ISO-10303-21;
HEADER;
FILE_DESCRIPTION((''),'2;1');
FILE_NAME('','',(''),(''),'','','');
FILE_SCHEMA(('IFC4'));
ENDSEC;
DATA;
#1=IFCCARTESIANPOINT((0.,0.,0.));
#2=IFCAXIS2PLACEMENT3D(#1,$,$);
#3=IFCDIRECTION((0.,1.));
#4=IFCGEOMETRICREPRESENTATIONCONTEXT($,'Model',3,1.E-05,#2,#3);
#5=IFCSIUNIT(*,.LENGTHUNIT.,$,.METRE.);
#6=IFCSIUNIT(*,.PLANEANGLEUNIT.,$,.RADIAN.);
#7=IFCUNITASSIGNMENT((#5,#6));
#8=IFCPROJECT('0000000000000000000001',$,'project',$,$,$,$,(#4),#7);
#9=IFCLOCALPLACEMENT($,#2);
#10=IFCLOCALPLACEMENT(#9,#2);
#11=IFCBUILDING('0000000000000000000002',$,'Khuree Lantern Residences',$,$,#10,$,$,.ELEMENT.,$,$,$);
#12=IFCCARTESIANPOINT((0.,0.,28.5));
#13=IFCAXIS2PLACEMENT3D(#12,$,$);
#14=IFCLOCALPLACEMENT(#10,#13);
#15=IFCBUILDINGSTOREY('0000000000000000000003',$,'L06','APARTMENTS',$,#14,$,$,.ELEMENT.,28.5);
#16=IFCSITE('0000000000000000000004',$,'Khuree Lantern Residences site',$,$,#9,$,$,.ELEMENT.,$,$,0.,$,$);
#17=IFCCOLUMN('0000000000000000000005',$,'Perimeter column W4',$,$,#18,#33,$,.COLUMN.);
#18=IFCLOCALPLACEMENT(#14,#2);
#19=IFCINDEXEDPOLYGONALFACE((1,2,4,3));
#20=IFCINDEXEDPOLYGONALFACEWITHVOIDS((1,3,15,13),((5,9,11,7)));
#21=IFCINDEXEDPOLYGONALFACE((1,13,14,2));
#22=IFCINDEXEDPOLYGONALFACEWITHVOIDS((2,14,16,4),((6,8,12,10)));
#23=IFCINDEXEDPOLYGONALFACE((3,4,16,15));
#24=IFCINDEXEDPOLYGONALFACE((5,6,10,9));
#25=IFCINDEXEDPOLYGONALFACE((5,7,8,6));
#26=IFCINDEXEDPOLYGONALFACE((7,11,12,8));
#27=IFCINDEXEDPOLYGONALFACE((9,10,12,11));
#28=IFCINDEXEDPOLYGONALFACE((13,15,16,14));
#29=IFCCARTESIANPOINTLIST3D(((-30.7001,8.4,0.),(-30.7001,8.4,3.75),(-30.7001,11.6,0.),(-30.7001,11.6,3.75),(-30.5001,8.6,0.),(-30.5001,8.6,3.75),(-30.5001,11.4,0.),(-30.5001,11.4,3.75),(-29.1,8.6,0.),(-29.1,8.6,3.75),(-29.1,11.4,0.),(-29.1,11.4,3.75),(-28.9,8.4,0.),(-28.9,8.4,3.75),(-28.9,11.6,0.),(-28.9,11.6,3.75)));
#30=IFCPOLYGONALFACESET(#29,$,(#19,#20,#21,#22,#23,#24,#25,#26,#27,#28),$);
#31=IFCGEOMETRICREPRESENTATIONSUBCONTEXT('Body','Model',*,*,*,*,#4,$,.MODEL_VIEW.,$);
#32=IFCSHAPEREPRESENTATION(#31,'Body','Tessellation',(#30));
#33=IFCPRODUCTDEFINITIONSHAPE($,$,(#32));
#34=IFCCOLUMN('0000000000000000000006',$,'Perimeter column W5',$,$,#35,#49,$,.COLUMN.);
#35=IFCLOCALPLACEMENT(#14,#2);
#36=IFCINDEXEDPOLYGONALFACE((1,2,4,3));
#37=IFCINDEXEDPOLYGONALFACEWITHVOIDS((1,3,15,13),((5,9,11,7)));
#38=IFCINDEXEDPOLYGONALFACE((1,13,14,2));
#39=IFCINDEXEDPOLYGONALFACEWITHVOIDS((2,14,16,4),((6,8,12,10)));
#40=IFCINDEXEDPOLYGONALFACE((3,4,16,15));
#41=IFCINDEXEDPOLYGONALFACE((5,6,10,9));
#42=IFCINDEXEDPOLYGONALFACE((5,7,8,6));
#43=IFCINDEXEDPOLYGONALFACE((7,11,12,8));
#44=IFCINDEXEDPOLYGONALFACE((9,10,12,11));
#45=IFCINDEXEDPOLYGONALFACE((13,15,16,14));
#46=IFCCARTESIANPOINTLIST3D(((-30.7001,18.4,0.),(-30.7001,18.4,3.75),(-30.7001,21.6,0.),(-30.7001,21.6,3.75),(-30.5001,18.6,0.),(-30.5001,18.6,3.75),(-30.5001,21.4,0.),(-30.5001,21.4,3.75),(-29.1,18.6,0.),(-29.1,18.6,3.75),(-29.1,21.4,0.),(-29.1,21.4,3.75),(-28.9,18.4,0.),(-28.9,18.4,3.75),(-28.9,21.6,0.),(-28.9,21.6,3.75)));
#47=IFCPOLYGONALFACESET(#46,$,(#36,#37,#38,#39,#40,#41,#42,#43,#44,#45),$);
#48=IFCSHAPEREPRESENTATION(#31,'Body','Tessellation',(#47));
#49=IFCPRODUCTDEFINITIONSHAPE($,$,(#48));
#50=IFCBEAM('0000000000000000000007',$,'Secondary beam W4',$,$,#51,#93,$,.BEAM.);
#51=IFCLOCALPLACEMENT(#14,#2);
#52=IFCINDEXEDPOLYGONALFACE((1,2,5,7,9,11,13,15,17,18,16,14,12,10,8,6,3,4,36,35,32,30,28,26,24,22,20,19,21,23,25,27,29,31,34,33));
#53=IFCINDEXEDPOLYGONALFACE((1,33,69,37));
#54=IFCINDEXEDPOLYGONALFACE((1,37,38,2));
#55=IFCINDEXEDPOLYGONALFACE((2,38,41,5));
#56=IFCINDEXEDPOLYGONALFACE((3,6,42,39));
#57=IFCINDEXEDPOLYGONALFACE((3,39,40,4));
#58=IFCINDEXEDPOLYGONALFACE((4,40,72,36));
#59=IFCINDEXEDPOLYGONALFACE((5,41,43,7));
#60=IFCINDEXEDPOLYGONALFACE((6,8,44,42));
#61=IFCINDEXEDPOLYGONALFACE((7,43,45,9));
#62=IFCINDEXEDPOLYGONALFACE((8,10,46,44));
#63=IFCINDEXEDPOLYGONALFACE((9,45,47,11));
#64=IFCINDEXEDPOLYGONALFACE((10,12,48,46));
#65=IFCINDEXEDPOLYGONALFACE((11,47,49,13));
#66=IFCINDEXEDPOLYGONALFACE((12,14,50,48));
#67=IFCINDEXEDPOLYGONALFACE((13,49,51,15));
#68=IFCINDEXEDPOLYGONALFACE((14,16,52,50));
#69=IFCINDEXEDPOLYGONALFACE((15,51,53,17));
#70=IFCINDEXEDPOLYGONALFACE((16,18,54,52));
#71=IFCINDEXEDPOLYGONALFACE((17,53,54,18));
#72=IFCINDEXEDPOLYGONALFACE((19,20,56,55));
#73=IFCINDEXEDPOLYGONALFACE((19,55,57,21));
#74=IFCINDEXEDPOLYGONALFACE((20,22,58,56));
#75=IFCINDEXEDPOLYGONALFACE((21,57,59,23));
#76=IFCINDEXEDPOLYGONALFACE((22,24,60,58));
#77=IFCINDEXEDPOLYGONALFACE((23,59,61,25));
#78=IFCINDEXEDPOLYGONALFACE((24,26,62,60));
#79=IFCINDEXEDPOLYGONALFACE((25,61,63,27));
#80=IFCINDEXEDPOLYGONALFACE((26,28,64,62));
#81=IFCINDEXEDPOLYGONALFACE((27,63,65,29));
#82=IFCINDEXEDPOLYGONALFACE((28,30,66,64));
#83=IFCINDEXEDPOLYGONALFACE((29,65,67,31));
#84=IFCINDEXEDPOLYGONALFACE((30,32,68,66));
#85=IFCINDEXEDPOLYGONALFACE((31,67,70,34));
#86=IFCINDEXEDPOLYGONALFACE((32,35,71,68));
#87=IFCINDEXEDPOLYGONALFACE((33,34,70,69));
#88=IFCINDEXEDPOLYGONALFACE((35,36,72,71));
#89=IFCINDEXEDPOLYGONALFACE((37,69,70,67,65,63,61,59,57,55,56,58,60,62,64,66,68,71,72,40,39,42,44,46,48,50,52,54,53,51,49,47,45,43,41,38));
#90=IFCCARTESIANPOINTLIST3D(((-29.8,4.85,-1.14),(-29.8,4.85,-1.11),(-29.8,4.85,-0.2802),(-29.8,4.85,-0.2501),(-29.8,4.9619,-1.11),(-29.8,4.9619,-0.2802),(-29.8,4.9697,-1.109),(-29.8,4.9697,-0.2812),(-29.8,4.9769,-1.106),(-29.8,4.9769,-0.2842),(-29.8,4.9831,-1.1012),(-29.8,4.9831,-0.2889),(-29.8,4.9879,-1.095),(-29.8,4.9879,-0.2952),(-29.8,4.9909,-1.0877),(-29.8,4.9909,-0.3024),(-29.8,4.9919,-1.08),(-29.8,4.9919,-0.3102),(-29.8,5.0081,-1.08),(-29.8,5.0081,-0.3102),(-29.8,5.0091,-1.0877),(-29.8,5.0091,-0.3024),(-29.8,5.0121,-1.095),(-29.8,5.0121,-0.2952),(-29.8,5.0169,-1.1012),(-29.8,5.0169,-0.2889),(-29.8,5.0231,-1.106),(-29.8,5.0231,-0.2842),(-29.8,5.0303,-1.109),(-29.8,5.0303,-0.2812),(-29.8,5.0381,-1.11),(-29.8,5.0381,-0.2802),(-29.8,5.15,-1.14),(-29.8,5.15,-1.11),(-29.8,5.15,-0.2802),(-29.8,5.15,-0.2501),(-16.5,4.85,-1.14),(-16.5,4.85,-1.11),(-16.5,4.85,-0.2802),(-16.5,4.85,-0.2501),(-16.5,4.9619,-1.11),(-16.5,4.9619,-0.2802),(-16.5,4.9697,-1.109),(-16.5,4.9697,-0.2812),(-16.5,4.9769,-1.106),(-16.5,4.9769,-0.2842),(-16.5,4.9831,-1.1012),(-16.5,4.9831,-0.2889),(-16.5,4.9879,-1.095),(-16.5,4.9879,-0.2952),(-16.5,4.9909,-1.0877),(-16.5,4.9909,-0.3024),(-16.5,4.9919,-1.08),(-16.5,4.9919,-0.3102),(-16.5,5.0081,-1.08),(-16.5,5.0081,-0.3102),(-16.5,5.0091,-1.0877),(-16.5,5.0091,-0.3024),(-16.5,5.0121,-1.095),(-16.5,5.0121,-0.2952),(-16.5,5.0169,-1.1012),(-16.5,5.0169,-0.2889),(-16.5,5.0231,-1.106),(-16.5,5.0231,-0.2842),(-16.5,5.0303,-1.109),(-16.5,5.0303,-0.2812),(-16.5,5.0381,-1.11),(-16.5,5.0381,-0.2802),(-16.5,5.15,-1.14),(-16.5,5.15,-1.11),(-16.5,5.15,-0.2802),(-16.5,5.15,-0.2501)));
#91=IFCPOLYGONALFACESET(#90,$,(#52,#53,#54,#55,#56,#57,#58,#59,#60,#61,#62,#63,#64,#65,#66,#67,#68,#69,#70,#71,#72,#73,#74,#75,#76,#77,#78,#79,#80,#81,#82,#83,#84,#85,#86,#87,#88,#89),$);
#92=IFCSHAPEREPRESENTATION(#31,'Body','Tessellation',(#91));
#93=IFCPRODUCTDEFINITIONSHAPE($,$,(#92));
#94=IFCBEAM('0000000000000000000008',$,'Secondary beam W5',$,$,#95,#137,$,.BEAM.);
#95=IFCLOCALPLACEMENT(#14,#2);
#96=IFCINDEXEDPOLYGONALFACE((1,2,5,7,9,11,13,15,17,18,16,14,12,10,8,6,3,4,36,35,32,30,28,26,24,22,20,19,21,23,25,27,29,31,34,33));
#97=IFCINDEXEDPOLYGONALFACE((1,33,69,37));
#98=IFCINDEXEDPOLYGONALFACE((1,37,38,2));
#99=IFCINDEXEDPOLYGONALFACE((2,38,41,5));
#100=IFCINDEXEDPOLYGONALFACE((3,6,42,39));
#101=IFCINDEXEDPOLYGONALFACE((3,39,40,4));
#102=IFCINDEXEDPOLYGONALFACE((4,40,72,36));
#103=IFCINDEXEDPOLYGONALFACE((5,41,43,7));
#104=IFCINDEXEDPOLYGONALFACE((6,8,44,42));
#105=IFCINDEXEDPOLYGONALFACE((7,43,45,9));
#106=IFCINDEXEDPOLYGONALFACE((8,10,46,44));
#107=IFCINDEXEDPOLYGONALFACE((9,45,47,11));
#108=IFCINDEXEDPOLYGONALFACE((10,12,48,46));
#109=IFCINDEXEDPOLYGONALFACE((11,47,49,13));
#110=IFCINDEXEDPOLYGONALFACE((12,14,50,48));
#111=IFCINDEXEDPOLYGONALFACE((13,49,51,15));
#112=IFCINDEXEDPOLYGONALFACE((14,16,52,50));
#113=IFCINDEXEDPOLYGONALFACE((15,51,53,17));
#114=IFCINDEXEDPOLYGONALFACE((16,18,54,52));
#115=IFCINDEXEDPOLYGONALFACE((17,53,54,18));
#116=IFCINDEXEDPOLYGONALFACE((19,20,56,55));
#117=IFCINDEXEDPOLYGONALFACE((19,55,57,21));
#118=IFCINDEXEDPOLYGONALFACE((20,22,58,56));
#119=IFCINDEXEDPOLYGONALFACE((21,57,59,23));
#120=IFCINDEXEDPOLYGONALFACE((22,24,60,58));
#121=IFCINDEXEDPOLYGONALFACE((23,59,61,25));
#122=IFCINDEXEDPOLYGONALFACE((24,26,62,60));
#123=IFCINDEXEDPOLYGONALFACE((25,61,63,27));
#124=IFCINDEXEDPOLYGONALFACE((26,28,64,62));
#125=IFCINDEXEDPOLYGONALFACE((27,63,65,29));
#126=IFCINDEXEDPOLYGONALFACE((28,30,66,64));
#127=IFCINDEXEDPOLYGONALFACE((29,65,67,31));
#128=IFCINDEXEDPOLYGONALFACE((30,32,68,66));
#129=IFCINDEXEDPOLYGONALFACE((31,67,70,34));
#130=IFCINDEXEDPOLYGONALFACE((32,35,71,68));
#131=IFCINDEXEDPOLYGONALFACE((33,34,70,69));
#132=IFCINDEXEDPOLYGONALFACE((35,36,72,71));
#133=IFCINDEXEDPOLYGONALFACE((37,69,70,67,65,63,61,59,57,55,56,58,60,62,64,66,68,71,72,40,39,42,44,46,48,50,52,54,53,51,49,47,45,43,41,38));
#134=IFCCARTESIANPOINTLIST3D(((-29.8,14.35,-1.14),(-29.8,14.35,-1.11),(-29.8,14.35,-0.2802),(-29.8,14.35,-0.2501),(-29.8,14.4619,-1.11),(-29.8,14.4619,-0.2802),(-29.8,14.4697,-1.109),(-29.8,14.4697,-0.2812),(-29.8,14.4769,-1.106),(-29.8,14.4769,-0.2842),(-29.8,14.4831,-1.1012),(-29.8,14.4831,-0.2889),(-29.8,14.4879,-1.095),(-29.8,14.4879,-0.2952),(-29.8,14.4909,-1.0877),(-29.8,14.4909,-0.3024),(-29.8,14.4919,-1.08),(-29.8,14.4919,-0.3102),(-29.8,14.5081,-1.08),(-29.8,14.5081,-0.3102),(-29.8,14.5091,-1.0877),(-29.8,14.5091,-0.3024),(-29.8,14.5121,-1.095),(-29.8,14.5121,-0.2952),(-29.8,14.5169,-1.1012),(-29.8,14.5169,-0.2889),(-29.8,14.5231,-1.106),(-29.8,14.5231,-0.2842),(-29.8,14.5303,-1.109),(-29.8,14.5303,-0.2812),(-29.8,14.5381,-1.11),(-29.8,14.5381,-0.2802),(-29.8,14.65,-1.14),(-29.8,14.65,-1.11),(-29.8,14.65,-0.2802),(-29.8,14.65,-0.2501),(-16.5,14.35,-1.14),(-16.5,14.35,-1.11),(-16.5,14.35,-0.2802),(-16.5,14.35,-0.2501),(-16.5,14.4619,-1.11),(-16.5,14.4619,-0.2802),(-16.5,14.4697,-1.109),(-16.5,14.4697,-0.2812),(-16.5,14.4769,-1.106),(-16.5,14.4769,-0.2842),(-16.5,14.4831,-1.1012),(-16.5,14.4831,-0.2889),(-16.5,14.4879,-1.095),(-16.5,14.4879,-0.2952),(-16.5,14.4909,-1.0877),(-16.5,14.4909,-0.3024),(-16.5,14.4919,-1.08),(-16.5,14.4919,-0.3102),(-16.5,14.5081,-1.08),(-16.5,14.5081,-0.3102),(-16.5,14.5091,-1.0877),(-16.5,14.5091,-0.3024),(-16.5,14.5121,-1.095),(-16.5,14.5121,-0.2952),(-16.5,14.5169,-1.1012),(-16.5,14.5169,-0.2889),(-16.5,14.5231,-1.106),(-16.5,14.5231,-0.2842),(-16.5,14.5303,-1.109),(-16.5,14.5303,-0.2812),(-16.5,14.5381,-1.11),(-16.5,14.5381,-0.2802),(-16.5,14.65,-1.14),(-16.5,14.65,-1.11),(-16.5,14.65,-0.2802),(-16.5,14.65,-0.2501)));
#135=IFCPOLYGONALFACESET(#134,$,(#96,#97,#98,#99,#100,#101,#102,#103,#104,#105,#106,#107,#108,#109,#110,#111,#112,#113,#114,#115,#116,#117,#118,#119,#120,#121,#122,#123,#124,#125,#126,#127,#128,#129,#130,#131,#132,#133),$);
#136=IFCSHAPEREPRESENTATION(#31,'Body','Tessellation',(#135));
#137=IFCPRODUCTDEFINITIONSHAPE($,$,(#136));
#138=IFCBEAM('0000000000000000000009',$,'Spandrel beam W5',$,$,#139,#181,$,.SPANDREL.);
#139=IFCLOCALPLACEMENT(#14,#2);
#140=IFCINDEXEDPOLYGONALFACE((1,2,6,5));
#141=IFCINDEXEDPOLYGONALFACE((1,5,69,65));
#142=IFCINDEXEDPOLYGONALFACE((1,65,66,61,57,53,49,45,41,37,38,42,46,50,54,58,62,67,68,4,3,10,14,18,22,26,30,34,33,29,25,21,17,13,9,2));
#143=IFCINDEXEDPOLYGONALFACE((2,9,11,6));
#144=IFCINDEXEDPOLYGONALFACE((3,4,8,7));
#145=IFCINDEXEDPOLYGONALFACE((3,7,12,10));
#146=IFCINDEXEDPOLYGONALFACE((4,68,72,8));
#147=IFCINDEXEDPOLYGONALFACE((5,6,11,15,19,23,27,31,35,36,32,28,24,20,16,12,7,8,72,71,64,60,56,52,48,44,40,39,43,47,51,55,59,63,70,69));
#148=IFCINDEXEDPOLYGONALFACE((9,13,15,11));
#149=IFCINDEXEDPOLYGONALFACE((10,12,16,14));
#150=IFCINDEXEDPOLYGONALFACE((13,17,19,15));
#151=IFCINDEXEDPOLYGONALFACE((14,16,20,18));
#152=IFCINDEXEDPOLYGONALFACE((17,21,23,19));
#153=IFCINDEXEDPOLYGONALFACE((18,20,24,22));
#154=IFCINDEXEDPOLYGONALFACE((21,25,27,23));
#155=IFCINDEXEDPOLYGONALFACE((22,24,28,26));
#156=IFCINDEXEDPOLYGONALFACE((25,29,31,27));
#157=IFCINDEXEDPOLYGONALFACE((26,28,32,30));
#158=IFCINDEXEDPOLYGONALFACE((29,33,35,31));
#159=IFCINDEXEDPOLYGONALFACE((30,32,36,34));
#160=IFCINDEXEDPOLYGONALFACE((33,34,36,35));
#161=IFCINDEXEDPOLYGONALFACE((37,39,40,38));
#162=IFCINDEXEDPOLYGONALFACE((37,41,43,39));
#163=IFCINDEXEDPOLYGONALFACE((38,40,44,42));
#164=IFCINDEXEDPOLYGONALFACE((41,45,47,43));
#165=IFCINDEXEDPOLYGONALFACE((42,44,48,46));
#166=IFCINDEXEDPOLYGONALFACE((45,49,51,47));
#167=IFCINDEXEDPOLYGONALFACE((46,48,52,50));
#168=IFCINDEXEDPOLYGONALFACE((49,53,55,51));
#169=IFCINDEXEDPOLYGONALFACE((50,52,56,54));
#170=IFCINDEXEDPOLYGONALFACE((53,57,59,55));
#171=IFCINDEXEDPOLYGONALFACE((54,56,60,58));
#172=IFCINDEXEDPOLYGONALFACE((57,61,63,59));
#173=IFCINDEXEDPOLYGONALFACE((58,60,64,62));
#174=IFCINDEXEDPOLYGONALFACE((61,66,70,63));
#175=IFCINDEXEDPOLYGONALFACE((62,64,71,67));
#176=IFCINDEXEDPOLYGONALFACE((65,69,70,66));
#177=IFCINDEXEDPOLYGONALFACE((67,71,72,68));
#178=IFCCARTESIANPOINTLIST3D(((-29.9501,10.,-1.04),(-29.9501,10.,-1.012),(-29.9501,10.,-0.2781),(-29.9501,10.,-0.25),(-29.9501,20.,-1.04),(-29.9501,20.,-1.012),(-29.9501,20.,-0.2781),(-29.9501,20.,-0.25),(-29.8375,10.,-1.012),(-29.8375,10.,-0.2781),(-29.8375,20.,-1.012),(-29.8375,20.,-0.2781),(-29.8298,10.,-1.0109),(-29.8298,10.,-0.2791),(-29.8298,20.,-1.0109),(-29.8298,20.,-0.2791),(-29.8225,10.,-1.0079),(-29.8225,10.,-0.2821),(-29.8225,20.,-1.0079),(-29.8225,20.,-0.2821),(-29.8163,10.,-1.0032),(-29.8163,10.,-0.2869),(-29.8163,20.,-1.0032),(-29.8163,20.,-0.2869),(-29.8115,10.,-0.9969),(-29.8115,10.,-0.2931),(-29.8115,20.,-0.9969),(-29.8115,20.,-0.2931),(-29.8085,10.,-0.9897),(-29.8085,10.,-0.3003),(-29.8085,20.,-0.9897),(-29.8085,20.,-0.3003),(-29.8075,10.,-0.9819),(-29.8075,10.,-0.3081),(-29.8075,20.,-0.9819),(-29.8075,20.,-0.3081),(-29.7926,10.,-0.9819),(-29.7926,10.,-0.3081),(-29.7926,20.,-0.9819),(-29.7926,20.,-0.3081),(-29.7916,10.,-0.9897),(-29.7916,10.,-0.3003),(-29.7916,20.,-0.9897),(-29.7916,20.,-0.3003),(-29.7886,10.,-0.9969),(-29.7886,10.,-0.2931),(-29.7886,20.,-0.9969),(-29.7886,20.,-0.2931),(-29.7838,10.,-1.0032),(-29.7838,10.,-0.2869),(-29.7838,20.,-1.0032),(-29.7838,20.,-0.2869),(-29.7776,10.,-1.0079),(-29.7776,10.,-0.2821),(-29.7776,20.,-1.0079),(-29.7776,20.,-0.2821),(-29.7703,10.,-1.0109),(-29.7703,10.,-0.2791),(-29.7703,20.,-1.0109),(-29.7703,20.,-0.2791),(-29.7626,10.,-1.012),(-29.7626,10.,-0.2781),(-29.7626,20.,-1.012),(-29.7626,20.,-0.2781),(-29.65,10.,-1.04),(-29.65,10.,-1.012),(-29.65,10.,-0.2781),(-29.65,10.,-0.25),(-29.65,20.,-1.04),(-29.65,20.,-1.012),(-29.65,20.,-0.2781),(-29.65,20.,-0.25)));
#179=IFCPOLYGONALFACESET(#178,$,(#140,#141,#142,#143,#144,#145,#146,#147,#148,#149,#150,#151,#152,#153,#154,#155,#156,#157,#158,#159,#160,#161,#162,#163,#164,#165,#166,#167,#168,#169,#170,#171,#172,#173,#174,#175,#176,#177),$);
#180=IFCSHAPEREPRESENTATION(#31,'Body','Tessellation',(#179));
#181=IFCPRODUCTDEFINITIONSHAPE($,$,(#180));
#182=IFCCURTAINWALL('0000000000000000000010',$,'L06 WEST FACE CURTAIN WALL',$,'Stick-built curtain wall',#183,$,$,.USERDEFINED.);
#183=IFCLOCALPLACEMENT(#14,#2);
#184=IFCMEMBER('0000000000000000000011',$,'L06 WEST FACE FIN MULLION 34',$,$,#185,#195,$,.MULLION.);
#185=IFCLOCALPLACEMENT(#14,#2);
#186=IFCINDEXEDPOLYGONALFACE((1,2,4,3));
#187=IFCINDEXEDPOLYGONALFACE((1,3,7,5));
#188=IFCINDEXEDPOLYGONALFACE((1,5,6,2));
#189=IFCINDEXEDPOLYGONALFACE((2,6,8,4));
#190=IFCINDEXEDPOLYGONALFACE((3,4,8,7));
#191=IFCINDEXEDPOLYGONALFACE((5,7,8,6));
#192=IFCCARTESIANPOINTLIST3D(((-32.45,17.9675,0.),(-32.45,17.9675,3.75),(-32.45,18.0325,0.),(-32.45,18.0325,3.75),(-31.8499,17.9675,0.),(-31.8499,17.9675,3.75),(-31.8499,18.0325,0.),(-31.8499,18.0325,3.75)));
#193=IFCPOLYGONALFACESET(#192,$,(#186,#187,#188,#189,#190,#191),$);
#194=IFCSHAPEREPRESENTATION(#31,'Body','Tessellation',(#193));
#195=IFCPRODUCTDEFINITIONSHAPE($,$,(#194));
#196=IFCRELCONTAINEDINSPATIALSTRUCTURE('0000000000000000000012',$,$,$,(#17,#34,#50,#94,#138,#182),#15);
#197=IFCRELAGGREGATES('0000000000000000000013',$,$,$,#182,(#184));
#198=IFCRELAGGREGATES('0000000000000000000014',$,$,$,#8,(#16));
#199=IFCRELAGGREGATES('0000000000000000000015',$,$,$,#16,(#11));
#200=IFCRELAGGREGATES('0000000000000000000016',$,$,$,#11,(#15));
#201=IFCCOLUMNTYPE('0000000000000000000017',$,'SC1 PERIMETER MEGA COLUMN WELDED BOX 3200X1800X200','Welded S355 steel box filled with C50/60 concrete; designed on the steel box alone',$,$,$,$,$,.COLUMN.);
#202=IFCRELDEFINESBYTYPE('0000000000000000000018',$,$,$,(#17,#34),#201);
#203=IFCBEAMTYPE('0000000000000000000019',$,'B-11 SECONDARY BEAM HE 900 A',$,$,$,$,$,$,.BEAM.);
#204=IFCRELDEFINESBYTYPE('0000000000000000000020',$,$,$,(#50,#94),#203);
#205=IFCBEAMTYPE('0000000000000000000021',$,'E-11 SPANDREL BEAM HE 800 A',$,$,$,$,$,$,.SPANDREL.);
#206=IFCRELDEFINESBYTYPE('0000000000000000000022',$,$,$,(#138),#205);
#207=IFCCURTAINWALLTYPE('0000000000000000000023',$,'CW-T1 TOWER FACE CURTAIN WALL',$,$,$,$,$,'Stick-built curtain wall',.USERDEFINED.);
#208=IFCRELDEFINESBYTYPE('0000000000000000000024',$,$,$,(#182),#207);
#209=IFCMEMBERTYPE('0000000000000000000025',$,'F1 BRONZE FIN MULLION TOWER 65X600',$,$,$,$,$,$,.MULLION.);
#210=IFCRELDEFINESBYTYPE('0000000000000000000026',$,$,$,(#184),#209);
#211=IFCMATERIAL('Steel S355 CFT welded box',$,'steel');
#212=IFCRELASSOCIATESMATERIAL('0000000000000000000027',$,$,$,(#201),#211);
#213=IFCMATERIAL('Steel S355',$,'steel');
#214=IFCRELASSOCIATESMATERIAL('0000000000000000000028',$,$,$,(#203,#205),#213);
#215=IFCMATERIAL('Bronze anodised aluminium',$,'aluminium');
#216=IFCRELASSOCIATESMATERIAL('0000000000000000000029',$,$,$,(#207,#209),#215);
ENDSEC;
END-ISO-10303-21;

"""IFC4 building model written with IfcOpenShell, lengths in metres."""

from ifc_helpers import new_model, si_unit, direction, frame, origin, origin_2d, place, context, subcontext, project, spatial, rectangle, hollow_rectangle, i_section, extrude, material, material_profile, profile_set, type_object, element, aggregate, save


model = new_model("IFC4")

# Units and contexts
model_context = context("Model", 3, precision=1e-05, world=origin(), true_north=direction((0.0, 1.0)))
body_context = subcontext(model_context, "Body", "Model", "MODEL_VIEW")
ifc_project = project(units=[si_unit("LENGTHUNIT", "METRE"), si_unit("PLANEANGLEUNIT", "RADIAN")], contexts=[model_context])

# Site, building, storey
site_placement = place(None, origin())
site = spatial("IfcSite", under=ifc_project, at=site_placement, Name="Khuree Lantern Residences site", CompositionType="ELEMENT", RefElevation=0.0)
building_placement = place(site_placement, origin())
building = spatial("IfcBuilding", under=site, at=building_placement, Name="Khuree Lantern Residences", CompositionType="ELEMENT")
storey_placement = place(building_placement, frame((0.0, 0.0, 28.5)))
storey = spatial("IfcBuildingStorey", under=building, at=storey_placement, Name="L06", Description="APARTMENTS", CompositionType="ELEMENT", Elevation=28.5)

# Columns
ifc_material_1 = material(Name="Steel S355 CFT welded box", Category="steel")
ifc_material_profile_1 = material_profile(ifc_material_1, hollow_rectangle(XDim=3.2, YDim=1.8, WallThickness=0.2, at=origin_2d()), Name="WELDED BOX 3200X1800X200")
ifc_profile_set_1 = profile_set([ifc_material_profile_1], Name="Steel S355 CFT welded box")
column_type = type_object("IfcColumnType", Name="SC1 PERIMETER MEGA COLUMN WELDED BOX 3200X1800X200", Description="Welded S355 steel box filled with C50/60 concrete; designed on the steel box alone", PredefinedType="COLUMN", material=ifc_profile_set_1)
for number, where, z_axis, x_axis, name in (
    (1, (-29.8, 10.0, 0.0), (0.0, 0.0, 1.0), (0.0, 1.0, 0.0), "Perimeter column W4"),
    (2, (-29.8, 20.0, 0.0), (0.0, 0.0, 1.0), (0.0, 1.0, 0.0), "Perimeter column W5"),
):
    element("IfcColumn", number, at=place(storey_placement, frame(where, z_axis=z_axis, x_axis=x_axis)), inside=storey, type_object=column_type, Name=name, PredefinedType="COLUMN", context=body_context, shape_type="SweptSolid", body=[
        extrude(hollow_rectangle(XDim=3.2, YDim=1.8, WallThickness=0.2, at=origin_2d()), origin(), (0.0, 0.0, 1.0), 3.75),
    ])

# Beams
ifc_material_2 = material(Name="Steel S355", Category="steel")
ifc_material_profile_2 = material_profile(ifc_material_2, i_section(OverallWidth=0.3, OverallDepth=0.8899, WebThickness=0.0161, FlangeThickness=0.03, FilletRadius=0.03, at=origin_2d()), Name="HE 900 A")
ifc_profile_set_2 = profile_set([ifc_material_profile_2], Name="Steel S355")
beam_type_1 = type_object("IfcBeamType", Name="B-11 SECONDARY BEAM HE 900 A", PredefinedType="BEAM", material=ifc_profile_set_2)
for number, where, z_axis, x_axis, name in (
    (3, (-29.8, 5.0, -0.6951), (1.0, 0.0, 0.0), (0.0, 1.0, 0.0), "Secondary beam W4"),
    (4, (-29.8, 14.5, -0.6951), (1.0, 0.0, 0.0), (0.0, 1.0, 0.0), "Secondary beam W5"),
):
    element("IfcBeam", number, at=place(storey_placement, frame(where, z_axis=z_axis, x_axis=x_axis)), inside=storey, type_object=beam_type_1, Name=name, PredefinedType="BEAM", context=body_context, shape_type="SweptSolid", body=[
        extrude(i_section(OverallWidth=0.3, OverallDepth=0.8899, WebThickness=0.0161, FlangeThickness=0.03, FilletRadius=0.03, at=origin_2d()), origin(), (0.0, 0.0, 1.0), 13.3),
    ])
ifc_material_profile_3 = material_profile(ifc_material_2, i_section(OverallWidth=0.3, OverallDepth=0.79, WebThickness=0.0149, FlangeThickness=0.0281, FilletRadius=0.03, at=origin_2d()), Name="HE 800 A")
ifc_profile_set_3 = profile_set([ifc_material_profile_3], Name="Steel S355")
beam_type_2 = type_object("IfcBeamType", Name="E-11 SPANDREL BEAM HE 800 A", PredefinedType="SPANDREL", material=ifc_profile_set_3)
beam_1_placement = place(storey_placement, frame((-29.8, 10.0, -0.645), z_axis=(0.0, 1.0, 0.0), x_axis=(-1.0, 0.0, 0.0)))
element("IfcBeam", 5, at=beam_1_placement, inside=storey, type_object=beam_type_2, Name="Spandrel beam W5", PredefinedType="SPANDREL", context=body_context, shape_type="SweptSolid", body=[
    extrude(i_section(OverallWidth=0.3, OverallDepth=0.79, WebThickness=0.0149, FlangeThickness=0.0281, FilletRadius=0.03, at=origin_2d()), origin(), (0.0, 0.0, 1.0), 10.0),
])

# Curtain wall, member
ifc_material_3 = material(Name="Bronze anodised aluminium", Category="aluminium")
curtain_wall_type = type_object("IfcCurtainWallType", Name="CW-T1 TOWER FACE CURTAIN WALL", ElementType="Stick-built curtain wall", PredefinedType="USERDEFINED", material=ifc_material_3)
curtain_wall_placement = place(storey_placement, origin())
curtain_wall = element("IfcCurtainWall", 6, at=curtain_wall_placement, inside=storey, type_object=curtain_wall_type, Name="L06 WEST FACE CURTAIN WALL", ObjectType="Stick-built curtain wall", PredefinedType="USERDEFINED")
ifc_material_profile_4 = material_profile(ifc_material_3, rectangle(XDim=0.0649, YDim=0.6001, at=origin_2d()), Name="F1 65X600")
ifc_profile_set_4 = profile_set([ifc_material_profile_4], Name="Bronze anodised aluminium")
member_type_1 = type_object("IfcMemberType", Name="F1 BRONZE FIN MULLION TOWER 65X600", PredefinedType="MULLION", material=ifc_profile_set_4)
member_1_placement = place(storey_placement, frame((-32.1499, 18.0, 0.0), z_axis=(0.0, 0.0, 1.0), x_axis=(0.0, -1.0, 0.0)))
member_1 = element("IfcMember", 7, at=member_1_placement, type_object=member_type_1, Name="L06 WEST FACE FIN MULLION 34", PredefinedType="MULLION", context=body_context, shape_type="SweptSolid", body=[
    extrude(rectangle(XDim=0.0649, YDim=0.6001, at=origin_2d()), origin(), (0.0, 0.0, 1.0), 3.75),
])

aggregate(curtain_wall, [member_1])

save(model, "model.ifc")
